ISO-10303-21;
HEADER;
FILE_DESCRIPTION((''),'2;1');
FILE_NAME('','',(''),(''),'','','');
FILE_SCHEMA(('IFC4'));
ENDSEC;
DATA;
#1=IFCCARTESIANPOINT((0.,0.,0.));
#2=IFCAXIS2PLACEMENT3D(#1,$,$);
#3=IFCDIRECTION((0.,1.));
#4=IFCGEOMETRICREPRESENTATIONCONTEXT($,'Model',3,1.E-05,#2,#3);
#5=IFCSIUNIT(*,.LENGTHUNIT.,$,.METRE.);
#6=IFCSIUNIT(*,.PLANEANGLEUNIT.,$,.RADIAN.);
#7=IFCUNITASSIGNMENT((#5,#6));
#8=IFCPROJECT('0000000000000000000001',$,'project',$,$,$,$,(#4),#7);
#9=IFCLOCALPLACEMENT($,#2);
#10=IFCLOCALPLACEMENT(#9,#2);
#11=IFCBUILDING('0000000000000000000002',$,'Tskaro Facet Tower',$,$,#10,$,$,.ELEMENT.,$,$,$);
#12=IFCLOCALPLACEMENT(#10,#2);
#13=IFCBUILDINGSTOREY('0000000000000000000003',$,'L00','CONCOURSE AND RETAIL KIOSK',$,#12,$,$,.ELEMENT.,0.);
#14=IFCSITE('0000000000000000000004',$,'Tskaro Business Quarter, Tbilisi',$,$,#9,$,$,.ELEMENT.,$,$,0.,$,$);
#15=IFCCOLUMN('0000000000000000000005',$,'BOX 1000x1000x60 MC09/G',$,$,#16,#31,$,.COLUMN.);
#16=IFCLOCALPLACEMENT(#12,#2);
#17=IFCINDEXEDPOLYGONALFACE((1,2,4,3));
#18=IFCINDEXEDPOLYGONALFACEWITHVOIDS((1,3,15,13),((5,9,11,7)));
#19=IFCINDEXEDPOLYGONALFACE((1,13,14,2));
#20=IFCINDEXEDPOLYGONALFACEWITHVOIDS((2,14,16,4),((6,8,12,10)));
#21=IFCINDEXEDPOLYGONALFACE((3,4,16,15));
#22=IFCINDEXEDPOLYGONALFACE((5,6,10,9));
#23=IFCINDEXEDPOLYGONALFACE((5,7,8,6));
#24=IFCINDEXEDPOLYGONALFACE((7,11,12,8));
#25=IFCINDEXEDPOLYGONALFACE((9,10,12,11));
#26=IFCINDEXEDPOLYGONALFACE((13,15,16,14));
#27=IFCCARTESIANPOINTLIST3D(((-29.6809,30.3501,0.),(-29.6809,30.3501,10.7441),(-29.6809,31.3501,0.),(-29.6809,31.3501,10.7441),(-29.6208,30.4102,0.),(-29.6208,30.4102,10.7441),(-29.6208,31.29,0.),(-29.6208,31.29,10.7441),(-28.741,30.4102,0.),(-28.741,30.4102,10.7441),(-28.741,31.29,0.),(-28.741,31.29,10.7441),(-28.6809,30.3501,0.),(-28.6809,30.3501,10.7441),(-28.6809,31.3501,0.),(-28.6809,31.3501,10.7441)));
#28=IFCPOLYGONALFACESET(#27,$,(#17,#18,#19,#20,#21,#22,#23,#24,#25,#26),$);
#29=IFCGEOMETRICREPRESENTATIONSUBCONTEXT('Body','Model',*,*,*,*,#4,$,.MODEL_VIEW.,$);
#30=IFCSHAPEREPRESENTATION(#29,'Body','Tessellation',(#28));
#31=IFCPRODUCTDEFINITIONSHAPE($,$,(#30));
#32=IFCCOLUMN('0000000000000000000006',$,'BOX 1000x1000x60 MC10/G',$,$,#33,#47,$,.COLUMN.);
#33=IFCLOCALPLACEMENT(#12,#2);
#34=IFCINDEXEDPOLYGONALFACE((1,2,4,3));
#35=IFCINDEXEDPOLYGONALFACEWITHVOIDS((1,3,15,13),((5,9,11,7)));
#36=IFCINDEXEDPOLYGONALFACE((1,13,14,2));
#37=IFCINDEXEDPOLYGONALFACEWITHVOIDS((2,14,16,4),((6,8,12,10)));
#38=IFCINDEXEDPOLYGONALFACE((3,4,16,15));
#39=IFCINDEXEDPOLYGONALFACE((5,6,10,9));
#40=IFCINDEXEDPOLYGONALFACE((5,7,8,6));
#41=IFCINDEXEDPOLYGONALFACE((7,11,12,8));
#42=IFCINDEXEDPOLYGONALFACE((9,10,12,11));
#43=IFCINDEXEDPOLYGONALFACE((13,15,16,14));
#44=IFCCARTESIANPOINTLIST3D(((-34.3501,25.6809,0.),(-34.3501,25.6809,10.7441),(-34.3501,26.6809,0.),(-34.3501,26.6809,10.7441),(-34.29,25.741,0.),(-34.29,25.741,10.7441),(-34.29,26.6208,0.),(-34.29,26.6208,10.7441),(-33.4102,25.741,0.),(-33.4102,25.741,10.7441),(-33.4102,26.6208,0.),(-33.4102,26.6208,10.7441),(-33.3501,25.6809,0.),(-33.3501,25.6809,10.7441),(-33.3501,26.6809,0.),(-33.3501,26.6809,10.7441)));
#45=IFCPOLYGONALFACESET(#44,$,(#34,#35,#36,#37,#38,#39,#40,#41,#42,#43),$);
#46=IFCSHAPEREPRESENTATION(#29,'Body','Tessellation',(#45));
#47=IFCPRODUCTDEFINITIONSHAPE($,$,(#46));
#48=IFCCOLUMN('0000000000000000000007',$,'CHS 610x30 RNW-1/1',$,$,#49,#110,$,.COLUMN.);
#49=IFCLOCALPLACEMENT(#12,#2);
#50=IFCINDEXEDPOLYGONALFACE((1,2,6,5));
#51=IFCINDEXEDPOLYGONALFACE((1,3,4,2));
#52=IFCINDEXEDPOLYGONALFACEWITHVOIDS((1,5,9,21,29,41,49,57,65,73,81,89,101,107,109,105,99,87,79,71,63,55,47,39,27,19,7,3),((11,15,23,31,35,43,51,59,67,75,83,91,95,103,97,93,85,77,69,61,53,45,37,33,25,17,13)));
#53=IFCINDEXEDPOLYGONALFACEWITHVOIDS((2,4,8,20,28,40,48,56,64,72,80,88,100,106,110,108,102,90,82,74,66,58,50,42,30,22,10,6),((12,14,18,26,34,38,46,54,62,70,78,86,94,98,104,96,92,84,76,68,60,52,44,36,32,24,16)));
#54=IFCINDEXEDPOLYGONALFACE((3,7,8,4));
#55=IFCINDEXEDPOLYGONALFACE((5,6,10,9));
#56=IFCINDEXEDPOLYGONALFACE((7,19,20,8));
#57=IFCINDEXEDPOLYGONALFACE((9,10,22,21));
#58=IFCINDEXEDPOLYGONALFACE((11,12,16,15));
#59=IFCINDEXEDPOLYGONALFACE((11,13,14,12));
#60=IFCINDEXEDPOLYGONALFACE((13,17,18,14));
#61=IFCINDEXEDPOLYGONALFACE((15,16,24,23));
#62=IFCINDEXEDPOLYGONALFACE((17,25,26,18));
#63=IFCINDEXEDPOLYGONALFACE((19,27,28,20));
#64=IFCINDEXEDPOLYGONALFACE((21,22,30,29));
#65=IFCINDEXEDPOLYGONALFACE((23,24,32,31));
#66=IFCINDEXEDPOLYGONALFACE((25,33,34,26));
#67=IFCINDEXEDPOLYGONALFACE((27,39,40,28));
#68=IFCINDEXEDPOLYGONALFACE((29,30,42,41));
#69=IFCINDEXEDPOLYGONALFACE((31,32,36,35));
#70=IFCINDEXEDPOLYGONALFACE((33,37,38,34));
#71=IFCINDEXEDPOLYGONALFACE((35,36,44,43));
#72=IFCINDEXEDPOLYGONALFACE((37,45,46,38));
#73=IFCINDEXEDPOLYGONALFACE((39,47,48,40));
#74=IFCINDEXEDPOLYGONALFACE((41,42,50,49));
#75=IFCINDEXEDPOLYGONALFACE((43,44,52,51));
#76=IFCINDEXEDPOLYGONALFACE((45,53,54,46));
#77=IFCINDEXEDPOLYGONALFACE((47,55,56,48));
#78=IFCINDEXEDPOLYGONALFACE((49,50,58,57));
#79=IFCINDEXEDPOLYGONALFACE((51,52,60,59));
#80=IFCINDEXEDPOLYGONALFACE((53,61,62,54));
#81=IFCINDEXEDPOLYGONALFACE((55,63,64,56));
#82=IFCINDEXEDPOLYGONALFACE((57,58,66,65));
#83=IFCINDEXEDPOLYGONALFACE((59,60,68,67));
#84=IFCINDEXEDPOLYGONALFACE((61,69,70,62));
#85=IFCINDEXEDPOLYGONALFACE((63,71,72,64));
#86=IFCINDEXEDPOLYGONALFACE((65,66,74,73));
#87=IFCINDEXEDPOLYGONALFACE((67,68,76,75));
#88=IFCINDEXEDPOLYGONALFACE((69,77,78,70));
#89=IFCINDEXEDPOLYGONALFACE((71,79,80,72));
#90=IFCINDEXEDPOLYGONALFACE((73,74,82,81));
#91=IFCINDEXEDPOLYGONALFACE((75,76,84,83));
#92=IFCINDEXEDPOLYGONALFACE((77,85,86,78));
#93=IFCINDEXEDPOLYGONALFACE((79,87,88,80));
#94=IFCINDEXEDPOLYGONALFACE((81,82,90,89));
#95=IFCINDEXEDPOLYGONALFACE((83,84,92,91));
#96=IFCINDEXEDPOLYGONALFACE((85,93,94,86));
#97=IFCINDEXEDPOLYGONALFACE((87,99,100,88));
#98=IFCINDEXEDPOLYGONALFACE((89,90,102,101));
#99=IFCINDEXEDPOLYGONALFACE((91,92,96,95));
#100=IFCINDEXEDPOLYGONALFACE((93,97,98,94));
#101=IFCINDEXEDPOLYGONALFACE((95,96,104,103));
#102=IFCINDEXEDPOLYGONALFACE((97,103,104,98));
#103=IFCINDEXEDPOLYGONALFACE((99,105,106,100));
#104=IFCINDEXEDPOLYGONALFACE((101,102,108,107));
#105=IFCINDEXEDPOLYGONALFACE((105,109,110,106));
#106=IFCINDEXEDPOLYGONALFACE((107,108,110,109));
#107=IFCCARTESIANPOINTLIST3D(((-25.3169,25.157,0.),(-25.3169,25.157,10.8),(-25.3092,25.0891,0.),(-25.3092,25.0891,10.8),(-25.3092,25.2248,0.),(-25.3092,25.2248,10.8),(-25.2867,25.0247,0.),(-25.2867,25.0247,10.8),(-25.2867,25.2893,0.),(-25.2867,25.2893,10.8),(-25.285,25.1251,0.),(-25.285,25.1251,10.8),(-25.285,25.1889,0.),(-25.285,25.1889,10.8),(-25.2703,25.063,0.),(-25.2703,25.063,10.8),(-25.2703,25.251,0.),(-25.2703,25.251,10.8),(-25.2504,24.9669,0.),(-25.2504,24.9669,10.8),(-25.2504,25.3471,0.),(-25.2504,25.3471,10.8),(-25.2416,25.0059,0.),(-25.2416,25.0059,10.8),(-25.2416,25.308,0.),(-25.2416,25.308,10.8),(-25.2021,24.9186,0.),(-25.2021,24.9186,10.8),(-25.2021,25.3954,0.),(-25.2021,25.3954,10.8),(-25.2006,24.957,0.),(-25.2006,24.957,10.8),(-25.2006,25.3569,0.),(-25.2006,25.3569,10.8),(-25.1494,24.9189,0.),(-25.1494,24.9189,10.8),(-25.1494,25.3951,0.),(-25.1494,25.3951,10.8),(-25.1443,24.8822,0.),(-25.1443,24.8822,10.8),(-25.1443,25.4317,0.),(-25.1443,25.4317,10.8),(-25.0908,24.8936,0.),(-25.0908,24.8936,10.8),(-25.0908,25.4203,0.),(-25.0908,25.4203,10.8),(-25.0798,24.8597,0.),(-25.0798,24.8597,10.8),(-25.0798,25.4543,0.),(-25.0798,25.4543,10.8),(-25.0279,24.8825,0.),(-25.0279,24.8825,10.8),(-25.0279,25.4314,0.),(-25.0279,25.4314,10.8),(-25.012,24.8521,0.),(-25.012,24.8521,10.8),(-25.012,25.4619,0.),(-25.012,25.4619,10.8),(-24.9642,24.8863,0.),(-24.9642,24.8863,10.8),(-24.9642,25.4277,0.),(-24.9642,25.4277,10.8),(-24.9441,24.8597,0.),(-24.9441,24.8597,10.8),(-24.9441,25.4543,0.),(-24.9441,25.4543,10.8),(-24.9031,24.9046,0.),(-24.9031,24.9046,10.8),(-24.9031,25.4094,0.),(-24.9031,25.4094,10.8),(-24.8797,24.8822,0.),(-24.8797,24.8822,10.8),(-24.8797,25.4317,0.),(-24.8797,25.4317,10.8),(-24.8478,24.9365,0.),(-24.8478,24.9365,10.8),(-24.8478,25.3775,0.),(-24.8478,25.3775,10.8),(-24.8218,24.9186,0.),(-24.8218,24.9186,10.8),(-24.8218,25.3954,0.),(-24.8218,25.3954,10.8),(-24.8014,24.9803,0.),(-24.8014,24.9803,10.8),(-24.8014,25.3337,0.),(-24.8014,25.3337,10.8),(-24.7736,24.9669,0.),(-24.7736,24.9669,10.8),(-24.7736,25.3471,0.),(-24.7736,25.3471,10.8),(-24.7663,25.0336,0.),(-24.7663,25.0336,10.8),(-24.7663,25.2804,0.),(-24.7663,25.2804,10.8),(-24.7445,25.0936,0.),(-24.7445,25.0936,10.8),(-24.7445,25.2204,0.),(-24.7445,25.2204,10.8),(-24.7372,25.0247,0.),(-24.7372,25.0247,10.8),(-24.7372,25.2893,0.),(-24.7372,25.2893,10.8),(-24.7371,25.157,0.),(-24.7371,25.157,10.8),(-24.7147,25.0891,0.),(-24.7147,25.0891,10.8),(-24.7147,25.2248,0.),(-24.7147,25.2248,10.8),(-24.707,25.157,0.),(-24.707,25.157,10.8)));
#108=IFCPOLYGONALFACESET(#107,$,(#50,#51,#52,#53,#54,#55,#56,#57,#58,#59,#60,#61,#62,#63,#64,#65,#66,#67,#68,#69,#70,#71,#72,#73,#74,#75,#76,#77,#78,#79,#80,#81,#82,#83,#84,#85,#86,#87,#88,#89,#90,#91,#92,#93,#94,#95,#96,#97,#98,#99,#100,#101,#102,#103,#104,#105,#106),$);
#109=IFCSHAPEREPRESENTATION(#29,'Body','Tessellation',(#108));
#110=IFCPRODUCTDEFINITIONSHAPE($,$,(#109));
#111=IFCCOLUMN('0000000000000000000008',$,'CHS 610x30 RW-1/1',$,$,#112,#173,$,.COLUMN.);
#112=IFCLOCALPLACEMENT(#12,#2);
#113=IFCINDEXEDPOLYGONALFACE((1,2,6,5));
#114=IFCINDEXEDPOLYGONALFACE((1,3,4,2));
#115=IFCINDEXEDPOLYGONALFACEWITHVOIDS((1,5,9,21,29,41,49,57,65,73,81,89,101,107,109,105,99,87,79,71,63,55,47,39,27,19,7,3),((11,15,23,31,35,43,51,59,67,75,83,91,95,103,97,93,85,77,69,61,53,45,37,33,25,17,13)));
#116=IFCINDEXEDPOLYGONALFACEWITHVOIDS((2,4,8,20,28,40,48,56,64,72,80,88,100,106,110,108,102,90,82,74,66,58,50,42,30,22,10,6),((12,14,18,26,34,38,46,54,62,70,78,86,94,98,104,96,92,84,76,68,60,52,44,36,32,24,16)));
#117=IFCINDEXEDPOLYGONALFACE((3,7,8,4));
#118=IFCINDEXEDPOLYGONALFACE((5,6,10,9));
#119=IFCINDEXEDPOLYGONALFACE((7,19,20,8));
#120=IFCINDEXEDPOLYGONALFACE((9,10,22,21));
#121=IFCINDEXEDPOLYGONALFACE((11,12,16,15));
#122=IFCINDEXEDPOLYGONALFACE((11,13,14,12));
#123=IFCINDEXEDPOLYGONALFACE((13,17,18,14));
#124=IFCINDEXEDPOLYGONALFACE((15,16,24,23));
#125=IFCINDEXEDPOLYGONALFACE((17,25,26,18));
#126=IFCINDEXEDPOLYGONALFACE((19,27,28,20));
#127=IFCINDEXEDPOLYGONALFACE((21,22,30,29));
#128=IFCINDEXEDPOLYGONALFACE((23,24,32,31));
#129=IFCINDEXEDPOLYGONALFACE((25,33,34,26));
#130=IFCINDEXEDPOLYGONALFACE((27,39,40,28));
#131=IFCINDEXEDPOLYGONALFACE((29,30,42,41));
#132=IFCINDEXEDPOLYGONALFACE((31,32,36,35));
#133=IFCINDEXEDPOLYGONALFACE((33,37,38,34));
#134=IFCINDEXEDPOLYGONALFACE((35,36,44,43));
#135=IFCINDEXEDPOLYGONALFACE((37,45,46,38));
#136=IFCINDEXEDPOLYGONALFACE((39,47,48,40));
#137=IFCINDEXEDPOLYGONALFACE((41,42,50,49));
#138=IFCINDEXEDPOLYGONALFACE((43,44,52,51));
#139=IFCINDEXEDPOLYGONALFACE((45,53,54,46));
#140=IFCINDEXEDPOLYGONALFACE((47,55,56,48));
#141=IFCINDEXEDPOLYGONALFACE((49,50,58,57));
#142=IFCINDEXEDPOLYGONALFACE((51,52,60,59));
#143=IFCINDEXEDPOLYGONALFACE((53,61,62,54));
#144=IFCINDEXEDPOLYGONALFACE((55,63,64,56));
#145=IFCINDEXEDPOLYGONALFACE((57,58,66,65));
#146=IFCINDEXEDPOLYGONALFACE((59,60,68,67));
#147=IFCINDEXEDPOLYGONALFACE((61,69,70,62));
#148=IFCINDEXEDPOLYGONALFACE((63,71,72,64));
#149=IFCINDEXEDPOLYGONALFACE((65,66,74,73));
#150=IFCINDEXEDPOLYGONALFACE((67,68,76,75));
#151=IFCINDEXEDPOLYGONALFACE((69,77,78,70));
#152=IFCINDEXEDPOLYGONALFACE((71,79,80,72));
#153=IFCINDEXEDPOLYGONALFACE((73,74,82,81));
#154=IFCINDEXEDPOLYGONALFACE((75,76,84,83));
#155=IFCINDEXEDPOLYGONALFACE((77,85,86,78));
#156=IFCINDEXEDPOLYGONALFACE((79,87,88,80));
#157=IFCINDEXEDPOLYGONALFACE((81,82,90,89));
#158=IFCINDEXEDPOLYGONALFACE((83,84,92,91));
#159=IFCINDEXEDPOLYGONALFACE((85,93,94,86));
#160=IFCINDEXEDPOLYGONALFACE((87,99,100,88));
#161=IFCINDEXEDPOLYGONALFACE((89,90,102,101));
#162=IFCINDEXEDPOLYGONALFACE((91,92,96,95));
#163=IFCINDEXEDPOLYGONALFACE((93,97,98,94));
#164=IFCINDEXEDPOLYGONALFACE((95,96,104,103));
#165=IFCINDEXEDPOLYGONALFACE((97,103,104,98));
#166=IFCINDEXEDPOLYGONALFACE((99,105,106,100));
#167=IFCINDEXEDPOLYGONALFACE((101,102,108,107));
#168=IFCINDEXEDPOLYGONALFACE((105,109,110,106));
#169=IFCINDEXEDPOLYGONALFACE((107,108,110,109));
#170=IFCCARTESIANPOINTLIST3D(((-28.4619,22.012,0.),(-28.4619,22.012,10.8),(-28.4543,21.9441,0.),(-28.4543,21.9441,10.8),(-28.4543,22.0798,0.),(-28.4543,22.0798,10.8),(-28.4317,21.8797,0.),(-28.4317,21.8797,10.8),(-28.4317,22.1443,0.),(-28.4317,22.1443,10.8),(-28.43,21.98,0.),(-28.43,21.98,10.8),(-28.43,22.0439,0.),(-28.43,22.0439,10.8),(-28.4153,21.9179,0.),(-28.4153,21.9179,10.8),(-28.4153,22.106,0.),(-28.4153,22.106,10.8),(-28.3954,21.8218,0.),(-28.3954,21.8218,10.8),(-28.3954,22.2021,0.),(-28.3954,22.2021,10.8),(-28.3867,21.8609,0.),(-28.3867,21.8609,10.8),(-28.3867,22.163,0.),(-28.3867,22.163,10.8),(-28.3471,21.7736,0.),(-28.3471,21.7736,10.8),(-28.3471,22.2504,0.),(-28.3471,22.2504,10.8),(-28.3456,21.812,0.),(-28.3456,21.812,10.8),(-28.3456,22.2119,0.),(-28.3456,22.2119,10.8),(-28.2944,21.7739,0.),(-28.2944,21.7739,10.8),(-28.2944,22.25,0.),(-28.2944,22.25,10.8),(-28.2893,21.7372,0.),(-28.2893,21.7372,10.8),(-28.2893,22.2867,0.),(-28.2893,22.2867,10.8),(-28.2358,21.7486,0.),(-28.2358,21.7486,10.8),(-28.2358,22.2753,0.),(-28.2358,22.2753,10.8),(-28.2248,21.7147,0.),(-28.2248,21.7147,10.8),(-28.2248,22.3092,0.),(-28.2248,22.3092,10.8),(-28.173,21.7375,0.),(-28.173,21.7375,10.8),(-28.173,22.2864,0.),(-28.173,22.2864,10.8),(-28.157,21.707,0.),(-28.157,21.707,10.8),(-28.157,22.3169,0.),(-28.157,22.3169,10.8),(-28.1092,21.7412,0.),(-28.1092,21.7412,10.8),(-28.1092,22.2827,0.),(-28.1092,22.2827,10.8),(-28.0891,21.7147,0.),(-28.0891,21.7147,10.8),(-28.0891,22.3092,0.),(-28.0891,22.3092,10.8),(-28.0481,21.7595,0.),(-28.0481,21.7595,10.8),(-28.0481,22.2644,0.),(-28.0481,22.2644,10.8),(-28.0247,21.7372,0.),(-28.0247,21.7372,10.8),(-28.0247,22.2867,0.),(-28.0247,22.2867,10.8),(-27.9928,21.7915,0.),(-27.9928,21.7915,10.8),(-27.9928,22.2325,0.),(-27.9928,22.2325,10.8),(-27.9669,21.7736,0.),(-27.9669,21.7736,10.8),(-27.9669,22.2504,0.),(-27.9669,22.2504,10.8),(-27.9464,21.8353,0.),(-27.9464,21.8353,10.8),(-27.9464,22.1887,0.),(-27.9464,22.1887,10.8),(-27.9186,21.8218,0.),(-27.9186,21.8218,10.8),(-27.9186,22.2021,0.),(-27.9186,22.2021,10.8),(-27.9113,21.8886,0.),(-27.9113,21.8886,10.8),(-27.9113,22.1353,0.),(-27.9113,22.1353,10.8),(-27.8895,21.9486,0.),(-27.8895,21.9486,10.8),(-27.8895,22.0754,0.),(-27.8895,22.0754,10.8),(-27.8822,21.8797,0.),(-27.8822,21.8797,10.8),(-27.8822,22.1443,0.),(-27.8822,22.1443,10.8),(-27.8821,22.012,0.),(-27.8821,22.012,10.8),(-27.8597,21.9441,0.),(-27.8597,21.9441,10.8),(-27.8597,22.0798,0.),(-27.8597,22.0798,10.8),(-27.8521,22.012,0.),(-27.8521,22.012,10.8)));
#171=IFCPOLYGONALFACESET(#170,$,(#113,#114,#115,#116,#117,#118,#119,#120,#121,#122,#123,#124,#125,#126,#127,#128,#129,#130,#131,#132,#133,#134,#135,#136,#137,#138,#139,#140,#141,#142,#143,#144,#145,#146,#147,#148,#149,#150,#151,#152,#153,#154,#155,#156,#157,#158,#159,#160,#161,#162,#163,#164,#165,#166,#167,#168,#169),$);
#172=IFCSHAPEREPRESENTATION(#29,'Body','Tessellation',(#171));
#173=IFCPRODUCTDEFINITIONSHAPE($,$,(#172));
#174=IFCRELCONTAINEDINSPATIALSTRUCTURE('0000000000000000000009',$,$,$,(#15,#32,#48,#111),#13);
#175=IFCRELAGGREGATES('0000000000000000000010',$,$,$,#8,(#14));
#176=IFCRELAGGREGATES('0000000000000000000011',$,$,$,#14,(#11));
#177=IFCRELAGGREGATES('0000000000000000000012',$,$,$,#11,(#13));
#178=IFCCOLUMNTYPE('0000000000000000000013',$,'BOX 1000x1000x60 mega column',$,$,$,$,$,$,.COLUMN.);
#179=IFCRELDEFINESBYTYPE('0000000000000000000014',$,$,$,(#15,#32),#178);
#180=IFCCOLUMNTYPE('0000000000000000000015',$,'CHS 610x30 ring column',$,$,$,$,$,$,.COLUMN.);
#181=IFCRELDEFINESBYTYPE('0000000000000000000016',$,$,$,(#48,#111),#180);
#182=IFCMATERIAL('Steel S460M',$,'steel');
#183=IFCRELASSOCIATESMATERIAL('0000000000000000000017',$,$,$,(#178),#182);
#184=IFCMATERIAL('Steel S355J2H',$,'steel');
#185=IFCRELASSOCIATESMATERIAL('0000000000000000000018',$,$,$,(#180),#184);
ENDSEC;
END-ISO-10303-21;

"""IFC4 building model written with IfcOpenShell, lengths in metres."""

from ifc_helpers import new_model, si_unit, direction, frame, origin, origin_2d, place, context, subcontext, project, spatial, hollow_rectangle, hollow_circle, extrude, material, material_profile, profile_set, type_object, element, save


model = new_model("IFC4")

# Units and contexts
model_context = context("Model", 3, precision=1e-05, world=origin(), true_north=direction((0.0, 1.0)))
body_context = subcontext(model_context, "Body", "Model", "MODEL_VIEW")
ifc_project = project(units=[si_unit("LENGTHUNIT", "METRE"), si_unit("PLANEANGLEUNIT", "RADIAN")], contexts=[model_context])

# Site, building, storey
site_placement = place(None, origin())
site = spatial("IfcSite", under=ifc_project, at=site_placement, Name="Tskaro Business Quarter, Tbilisi", CompositionType="ELEMENT", RefElevation=0.0)
building_placement = place(site_placement, origin())
building = spatial("IfcBuilding", under=site, at=building_placement, Name="Tskaro Facet Tower", CompositionType="ELEMENT")
storey_placement = place(building_placement, origin())
storey = spatial("IfcBuildingStorey", under=building, at=storey_placement, Name="L00", Description="CONCOURSE AND RETAIL KIOSK", CompositionType="ELEMENT", Elevation=0.0)

# Columns
ifc_material_1 = material(Name="Steel S460M", Category="steel")
ifc_material_profile_1 = material_profile(ifc_material_1, hollow_rectangle(XDim=1.0, YDim=1.0, WallThickness=0.0601, at=origin_2d()), Name="BOX 1000x1000x60")
ifc_profile_set_1 = profile_set([ifc_material_profile_1], Name="Steel S460M")
column_type_1 = type_object("IfcColumnType", Name="BOX 1000x1000x60 mega column", PredefinedType="COLUMN", material=ifc_profile_set_1)
for number, where, z_axis, x_axis, name in (
    (1, (-29.1809, 30.8501, 0.0), (0.0, 0.0, 1.0), (1.0, 0.0, 0.0), "BOX 1000x1000x60 MC09/G"),
    (2, (-33.8501, 26.1809, 0.0), (0.0, 0.0, 1.0), (1.0, 0.0, 0.0), "BOX 1000x1000x60 MC10/G"),
):
    element("IfcColumn", number, at=place(storey_placement, frame(where, z_axis=z_axis, x_axis=x_axis)), inside=storey, type_object=column_type_1, Name=name, PredefinedType="COLUMN", context=body_context, shape_type="SweptSolid", body=[
        extrude(hollow_rectangle(XDim=1.0, YDim=1.0, WallThickness=0.0601, at=origin_2d()), origin(), (0.0, 0.0, 1.0), 10.7441),
    ])
ifc_material_2 = material(Name="Steel S355J2H", Category="steel")
ifc_material_profile_2 = material_profile(ifc_material_2, hollow_circle(Radius=0.3049, WallThickness=0.03, at=origin_2d()), Name="CHS 610x30")
ifc_profile_set_2 = profile_set([ifc_material_profile_2], Name="Steel S355J2H")
column_type_2 = type_object("IfcColumnType", Name="CHS 610x30 ring column", PredefinedType="COLUMN", material=ifc_profile_set_2)
for number, where, z_axis, x_axis, name in (
    (3, (-25.012, 25.157, 0.0), (0.0, 0.0, 1.0), (1.0, 0.0, 0.0), "CHS 610x30 RNW-1/1"),
    (4, (-28.157, 22.012, 0.0), (0.0, 0.0, 1.0), (1.0, 0.0, 0.0), "CHS 610x30 RW-1/1"),
):
    element("IfcColumn", number, at=place(storey_placement, frame(where, z_axis=z_axis, x_axis=x_axis)), inside=storey, type_object=column_type_2, Name=name, PredefinedType="COLUMN", context=body_context, shape_type="SweptSolid", body=[
        extrude(hollow_circle(Radius=0.3049, WallThickness=0.03, at=origin_2d()), origin(), (0.0, 0.0, 1.0), 10.8),
    ])

save(model, "model.ifc")
